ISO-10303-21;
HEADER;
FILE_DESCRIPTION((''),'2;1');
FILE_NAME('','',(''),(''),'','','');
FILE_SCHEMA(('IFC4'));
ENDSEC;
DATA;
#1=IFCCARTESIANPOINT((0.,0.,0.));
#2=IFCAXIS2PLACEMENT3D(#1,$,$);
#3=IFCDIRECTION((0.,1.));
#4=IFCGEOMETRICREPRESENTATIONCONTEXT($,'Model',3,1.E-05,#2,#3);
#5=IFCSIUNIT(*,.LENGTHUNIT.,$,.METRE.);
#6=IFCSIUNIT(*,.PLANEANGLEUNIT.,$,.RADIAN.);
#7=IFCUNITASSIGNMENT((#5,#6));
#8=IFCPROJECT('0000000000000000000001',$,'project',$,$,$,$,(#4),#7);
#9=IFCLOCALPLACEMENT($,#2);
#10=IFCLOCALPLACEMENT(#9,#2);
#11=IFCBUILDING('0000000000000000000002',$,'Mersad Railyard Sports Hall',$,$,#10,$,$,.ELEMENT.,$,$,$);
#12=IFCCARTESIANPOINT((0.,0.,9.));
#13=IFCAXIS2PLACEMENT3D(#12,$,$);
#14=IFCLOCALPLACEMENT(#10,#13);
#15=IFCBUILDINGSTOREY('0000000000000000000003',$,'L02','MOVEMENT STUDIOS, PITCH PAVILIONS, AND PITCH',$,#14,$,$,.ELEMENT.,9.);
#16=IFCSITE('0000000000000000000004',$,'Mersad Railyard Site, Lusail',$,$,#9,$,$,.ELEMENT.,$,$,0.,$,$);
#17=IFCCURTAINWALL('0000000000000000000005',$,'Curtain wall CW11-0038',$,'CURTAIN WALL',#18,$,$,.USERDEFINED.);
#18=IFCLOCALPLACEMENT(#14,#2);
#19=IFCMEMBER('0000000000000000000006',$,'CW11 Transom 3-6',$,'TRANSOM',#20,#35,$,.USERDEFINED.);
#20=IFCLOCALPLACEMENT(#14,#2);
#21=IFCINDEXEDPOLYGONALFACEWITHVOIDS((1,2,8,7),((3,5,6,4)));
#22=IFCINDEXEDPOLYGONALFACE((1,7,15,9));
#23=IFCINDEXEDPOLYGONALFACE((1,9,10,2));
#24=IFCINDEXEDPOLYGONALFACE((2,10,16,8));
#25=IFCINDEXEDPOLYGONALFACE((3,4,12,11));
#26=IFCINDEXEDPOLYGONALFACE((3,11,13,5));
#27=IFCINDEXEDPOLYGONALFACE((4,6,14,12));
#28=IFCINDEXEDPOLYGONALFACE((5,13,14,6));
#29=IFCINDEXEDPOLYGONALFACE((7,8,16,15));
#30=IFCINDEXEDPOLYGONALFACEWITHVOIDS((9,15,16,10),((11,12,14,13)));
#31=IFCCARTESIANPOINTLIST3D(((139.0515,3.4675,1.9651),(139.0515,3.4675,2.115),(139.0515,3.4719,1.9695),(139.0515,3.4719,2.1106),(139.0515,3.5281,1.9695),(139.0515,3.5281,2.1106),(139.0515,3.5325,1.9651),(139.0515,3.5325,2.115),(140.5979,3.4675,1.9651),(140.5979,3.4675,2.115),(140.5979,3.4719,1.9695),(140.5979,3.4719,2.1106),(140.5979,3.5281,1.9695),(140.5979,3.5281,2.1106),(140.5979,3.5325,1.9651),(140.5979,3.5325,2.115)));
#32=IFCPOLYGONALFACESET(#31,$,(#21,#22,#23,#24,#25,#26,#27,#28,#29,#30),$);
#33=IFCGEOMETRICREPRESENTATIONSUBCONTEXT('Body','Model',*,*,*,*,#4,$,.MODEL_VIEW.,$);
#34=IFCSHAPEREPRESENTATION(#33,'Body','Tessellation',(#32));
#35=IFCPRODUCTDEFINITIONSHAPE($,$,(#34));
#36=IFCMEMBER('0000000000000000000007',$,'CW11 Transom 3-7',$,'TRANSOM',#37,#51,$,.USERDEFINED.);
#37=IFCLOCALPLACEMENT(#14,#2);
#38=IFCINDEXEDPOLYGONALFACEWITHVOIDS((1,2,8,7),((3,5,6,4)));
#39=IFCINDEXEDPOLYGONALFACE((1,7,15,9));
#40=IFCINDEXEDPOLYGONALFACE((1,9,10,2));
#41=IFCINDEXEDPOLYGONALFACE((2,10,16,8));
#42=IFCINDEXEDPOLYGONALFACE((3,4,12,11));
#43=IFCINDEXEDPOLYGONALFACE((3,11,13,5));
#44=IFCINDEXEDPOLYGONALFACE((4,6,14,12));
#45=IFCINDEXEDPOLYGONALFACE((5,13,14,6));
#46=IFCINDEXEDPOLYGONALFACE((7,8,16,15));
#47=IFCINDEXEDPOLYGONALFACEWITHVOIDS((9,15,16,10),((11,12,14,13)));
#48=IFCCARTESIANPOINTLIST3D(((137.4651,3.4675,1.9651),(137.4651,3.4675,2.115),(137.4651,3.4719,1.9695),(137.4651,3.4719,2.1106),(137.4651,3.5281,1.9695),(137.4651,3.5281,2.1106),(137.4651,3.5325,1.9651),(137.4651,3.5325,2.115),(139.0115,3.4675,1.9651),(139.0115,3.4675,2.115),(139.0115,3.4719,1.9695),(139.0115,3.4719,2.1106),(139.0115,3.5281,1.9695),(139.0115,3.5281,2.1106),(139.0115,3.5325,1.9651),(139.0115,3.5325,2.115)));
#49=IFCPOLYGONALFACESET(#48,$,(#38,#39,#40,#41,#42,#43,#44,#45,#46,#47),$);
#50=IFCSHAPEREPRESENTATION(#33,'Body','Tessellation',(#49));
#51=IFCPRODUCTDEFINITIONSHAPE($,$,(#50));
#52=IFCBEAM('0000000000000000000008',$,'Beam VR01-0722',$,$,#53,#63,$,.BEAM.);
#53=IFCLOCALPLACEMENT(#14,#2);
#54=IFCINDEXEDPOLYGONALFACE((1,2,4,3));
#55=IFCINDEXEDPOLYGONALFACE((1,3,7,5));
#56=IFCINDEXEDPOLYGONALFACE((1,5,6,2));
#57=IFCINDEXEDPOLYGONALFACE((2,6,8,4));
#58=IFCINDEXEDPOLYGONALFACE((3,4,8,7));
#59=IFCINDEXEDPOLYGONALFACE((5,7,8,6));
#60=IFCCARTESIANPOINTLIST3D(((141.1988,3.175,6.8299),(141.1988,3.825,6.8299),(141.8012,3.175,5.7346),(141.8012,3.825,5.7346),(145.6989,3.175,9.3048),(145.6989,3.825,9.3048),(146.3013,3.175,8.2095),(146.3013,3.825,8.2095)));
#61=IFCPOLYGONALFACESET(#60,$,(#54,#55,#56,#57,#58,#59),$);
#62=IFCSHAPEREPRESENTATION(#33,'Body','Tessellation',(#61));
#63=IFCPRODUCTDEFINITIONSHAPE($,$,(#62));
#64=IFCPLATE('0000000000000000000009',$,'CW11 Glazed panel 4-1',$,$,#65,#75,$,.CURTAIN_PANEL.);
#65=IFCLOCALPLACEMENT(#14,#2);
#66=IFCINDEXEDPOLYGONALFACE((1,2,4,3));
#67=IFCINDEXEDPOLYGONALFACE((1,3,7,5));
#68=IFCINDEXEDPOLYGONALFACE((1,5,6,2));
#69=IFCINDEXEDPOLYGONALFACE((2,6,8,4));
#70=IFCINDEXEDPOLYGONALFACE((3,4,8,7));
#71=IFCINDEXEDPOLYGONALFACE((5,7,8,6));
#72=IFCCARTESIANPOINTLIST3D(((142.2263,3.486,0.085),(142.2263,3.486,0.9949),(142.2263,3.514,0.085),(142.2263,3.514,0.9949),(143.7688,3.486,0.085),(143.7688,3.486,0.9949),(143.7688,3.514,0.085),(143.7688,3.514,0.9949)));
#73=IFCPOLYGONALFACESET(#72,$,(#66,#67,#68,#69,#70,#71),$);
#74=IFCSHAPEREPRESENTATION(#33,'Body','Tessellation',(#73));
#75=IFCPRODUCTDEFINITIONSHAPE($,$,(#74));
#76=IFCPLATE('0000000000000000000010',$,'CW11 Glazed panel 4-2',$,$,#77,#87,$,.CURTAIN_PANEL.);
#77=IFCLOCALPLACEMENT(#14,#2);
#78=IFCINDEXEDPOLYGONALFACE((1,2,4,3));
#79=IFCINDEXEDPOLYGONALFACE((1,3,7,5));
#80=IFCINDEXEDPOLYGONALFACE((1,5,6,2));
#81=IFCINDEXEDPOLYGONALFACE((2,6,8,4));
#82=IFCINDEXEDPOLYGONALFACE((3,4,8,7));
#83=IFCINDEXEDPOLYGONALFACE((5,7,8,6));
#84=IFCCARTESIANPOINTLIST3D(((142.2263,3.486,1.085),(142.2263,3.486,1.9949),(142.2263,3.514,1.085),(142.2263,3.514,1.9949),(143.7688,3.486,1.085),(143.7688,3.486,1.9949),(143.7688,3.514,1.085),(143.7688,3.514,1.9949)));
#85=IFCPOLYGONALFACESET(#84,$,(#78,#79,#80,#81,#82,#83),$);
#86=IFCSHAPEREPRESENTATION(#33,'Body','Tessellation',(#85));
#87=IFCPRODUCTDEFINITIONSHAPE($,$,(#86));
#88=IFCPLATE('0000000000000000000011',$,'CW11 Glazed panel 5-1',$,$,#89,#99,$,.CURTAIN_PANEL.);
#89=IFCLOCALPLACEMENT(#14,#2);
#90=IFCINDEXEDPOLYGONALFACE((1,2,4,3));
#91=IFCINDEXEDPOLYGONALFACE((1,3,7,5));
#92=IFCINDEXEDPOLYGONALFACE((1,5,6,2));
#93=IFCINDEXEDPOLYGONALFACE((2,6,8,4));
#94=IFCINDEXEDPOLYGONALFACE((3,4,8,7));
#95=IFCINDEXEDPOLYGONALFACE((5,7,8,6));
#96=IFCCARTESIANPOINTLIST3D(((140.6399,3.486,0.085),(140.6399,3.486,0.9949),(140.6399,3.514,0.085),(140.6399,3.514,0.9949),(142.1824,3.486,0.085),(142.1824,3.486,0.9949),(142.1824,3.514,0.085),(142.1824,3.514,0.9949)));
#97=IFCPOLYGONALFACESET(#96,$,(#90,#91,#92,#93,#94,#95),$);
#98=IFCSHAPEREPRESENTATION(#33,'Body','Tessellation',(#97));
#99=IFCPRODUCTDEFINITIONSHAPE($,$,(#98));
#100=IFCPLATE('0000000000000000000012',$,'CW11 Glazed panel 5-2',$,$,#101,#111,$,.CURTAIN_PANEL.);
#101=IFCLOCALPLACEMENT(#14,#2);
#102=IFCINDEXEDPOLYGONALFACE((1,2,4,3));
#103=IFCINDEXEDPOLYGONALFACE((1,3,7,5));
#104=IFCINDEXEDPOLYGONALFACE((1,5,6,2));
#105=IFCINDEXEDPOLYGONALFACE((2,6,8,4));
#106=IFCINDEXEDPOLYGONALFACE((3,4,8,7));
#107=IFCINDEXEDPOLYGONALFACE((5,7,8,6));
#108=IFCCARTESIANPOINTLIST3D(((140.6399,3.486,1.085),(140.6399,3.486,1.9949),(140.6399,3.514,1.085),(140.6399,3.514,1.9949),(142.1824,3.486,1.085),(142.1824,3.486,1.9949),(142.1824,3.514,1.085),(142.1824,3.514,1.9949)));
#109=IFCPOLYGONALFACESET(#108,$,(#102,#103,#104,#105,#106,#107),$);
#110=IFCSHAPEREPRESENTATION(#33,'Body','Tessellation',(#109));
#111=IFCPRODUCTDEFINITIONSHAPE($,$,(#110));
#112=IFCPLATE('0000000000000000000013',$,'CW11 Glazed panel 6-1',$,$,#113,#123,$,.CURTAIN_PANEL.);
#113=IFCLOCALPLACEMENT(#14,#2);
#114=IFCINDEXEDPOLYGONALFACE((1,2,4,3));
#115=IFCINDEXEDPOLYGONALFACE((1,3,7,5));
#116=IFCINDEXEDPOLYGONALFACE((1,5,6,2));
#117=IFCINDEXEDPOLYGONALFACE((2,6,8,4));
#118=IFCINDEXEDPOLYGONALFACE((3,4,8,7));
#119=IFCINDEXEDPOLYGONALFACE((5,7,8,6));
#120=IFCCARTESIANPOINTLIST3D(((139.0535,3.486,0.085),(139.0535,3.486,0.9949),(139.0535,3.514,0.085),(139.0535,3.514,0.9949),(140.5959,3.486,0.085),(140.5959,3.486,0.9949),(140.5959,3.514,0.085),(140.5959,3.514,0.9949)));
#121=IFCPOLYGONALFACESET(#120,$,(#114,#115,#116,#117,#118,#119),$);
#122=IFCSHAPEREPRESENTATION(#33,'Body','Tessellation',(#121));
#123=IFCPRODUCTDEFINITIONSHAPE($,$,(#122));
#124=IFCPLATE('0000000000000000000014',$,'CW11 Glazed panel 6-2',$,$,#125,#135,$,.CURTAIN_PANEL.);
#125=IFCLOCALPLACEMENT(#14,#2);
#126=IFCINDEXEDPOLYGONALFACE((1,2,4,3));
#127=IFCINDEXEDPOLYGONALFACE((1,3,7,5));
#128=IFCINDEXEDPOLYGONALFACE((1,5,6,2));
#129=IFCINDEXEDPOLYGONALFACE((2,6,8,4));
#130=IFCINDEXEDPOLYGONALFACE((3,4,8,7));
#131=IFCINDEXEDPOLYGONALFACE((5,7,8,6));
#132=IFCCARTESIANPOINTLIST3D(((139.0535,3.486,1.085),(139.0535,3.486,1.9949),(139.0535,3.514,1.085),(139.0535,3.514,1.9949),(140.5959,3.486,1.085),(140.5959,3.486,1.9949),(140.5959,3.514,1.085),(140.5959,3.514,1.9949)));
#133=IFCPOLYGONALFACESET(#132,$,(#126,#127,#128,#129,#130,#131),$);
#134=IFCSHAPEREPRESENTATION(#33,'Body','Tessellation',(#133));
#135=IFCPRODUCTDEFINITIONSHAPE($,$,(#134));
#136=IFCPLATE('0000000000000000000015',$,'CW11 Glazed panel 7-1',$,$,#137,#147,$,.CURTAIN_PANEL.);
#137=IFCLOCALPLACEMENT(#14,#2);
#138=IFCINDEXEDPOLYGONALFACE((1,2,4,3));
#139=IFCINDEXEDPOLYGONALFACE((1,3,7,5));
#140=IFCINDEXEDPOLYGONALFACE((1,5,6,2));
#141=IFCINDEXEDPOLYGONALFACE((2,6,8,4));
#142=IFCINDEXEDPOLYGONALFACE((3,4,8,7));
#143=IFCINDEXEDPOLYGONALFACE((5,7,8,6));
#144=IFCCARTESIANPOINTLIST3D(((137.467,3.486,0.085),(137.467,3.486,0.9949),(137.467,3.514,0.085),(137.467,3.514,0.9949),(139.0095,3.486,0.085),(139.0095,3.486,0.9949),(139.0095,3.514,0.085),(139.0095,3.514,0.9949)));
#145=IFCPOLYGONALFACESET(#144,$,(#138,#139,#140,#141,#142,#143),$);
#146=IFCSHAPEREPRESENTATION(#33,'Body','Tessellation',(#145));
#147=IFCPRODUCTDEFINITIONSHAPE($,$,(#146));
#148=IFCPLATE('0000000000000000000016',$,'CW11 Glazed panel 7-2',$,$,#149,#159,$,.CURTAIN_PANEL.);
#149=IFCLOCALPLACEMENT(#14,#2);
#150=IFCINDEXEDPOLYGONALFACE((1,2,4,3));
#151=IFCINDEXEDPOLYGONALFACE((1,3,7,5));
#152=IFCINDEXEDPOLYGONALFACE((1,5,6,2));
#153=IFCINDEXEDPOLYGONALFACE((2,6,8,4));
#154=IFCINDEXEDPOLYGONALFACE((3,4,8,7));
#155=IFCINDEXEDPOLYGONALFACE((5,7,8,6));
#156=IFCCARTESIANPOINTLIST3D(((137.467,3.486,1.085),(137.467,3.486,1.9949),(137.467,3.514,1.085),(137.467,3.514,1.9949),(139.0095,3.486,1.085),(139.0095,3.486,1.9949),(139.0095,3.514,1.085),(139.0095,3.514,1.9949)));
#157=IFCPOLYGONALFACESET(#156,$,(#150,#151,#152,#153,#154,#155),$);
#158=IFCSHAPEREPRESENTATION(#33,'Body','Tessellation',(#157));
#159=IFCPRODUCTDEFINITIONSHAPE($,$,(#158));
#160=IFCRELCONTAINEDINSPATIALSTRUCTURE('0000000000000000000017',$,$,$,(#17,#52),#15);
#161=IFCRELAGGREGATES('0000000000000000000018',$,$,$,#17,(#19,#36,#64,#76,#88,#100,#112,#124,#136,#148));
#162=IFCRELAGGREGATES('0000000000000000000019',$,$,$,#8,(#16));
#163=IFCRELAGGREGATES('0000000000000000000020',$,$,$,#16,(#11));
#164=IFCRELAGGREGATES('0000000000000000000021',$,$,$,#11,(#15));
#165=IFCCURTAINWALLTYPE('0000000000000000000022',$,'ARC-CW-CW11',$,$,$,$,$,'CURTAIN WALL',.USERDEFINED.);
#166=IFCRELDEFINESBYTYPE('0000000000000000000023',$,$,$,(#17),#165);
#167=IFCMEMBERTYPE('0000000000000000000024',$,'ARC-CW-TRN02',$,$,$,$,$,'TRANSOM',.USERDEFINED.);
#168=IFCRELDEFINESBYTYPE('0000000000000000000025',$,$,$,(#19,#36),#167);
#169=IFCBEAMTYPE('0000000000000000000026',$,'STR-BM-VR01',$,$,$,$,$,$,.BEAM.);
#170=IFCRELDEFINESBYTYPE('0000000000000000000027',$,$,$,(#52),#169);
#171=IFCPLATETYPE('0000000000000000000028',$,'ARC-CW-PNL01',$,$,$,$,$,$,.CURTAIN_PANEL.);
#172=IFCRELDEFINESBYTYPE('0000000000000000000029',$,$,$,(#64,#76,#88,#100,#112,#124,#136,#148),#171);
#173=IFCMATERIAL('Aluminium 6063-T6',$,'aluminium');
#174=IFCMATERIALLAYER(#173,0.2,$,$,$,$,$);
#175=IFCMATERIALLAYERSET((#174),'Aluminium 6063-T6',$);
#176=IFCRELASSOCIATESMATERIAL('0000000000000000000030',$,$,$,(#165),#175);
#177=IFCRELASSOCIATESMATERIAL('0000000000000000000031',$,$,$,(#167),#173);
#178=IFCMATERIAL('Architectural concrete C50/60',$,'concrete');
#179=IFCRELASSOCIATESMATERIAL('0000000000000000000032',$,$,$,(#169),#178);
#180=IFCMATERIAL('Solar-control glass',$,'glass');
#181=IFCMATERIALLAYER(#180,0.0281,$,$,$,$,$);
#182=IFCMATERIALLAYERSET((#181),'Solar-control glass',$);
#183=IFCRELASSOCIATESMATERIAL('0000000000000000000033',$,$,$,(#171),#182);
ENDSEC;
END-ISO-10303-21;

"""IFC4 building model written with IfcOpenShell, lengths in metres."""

from ifc_helpers import new_model, si_unit, direction, frame, origin, origin_2d, place, context, subcontext, project, spatial, rectangle, hollow_rectangle, extrude, material, layer, layer_set, material_profile, profile_set, type_object, element, aggregate, save


model = new_model("IFC4")

# Units and contexts
model_context = context("Model", 3, precision=1e-05, world=origin(), true_north=direction((0.0, 1.0)))
body_context = subcontext(model_context, "Body", "Model", "MODEL_VIEW")
ifc_project = project(units=[si_unit("LENGTHUNIT", "METRE"), si_unit("PLANEANGLEUNIT", "RADIAN")], contexts=[model_context])

# Site, building, storey
site_placement = place(None, origin())
site = spatial("IfcSite", under=ifc_project, at=site_placement, Name="Mersad Railyard Site, Lusail", CompositionType="ELEMENT", RefElevation=0.0)
building_placement = place(site_placement, origin())
building = spatial("IfcBuilding", under=site, at=building_placement, Name="Mersad Railyard Sports Hall", CompositionType="ELEMENT")
storey_placement = place(building_placement, frame((0.0, 0.0, 9.0)))
storey = spatial("IfcBuildingStorey", under=building, at=storey_placement, Name="L02", Description="MOVEMENT STUDIOS, PITCH PAVILIONS, AND PITCH", CompositionType="ELEMENT", Elevation=9.0)

# Curtain wall, members
ifc_material_1 = material(Name="Aluminium 6063-T6", Category="aluminium")
ifc_layer_1 = layer(ifc_material_1, 0.2)
ifc_layer_set_1 = layer_set([ifc_layer_1], Name="Aluminium 6063-T6")
curtain_wall_type = type_object("IfcCurtainWallType", Name="ARC-CW-CW11", ElementType="CURTAIN WALL", PredefinedType="USERDEFINED", material=ifc_layer_set_1)
curtain_wall_placement = place(storey_placement, origin())
curtain_wall = element("IfcCurtainWall", 1, at=curtain_wall_placement, inside=storey, type_object=curtain_wall_type, Name="Curtain wall CW11-0038", ObjectType="CURTAIN WALL", PredefinedType="USERDEFINED")
ifc_material_profile_1 = material_profile(ifc_material_1, hollow_rectangle(XDim=0.0649, YDim=0.1499, WallThickness=0.0044, at=origin_2d()), Name="AL TRANSOM 65x150x4.5")
ifc_profile_set_1 = profile_set([ifc_material_profile_1], Name="Aluminium 6063-T6")
member_type_1 = type_object("IfcMemberType", Name="ARC-CW-TRN02", ElementType="TRANSOM", PredefinedType="USERDEFINED", material=ifc_profile_set_1)
member_1_placement = place(storey_placement, frame((140.5979, 3.5, 2.04), z_axis=(-1.0, 0.0, 0.0), x_axis=(0.0, -1.0, 0.0)))
member_1 = element("IfcMember", 2, at=member_1_placement, type_object=member_type_1, Name="CW11 Transom 3-6", ObjectType="TRANSOM", PredefinedType="USERDEFINED", context=body_context, shape_type="SweptSolid", body=[
    extrude(hollow_rectangle(XDim=0.0649, YDim=0.1499, WallThickness=0.0044, at=origin_2d()), origin(), (0.0, 0.0, 1.0), 1.5464),
])
member_2_placement = place(storey_placement, frame((139.0115, 3.5, 2.04), z_axis=(-1.0, 0.0, 0.0), x_axis=(0.0, -1.0, 0.0)))
member_2 = element("IfcMember", 3, at=member_2_placement, type_object=member_type_1, Name="CW11 Transom 3-7", ObjectType="TRANSOM", PredefinedType="USERDEFINED", context=body_context, shape_type="SweptSolid", body=[
    extrude(hollow_rectangle(XDim=0.0649, YDim=0.1499, WallThickness=0.0044, at=origin_2d()), origin(), (0.0, 0.0, 1.0), 1.5464),
])

# Beam
ifc_material_2 = material(Name="Architectural concrete C50/60", Category="concrete")
ifc_material_profile_2 = material_profile(ifc_material_2, rectangle(XDim=0.6499, YDim=1.25, at=origin_2d()), Name="VR 650x1250")
ifc_profile_set_2 = profile_set([ifc_material_profile_2], Name="Architectural concrete C50/60")
beam_type = type_object("IfcBeamType", Name="STR-BM-VR01", PredefinedType="BEAM", material=ifc_profile_set_2)
beam_placement = place(storey_placement, frame((141.5, 3.5, 6.2822), z_axis=(0.876228, 0.0, 0.481897), x_axis=(0.0, 1.0, 0.0)))
element("IfcBeam", 4, at=beam_placement, inside=storey, type_object=beam_type, Name="Beam VR01-0722", PredefinedType="BEAM", context=body_context, shape_type="SweptSolid", body=[
    extrude(rectangle(XDim=0.6499, YDim=1.25, at=origin_2d()), origin(), (0.0, 0.0, 1.0), 5.1357),
])

# Plates
ifc_material_3 = material(Name="Solar-control glass", Category="glass")
ifc_layer_2 = layer(ifc_material_3, 0.0281)
ifc_layer_set_2 = layer_set([ifc_layer_2], Name="Solar-control glass")
plate_type = type_object("IfcPlateType", Name="ARC-CW-PNL01", PredefinedType="CURTAIN_PANEL", material=ifc_layer_set_2)
plate_1_placement = place(storey_placement, frame((142.9976, 3.5, 0.085), z_axis=(0.0, 0.0, 1.0), x_axis=(-1.0, 0.0, 0.0)))
plate_1 = element("IfcPlate", 5, at=plate_1_placement, type_object=plate_type, Name="CW11 Glazed panel 4-1", PredefinedType="CURTAIN_PANEL", context=body_context, shape_type="SweptSolid", body=[
    extrude(rectangle(XDim=1.5425, YDim=0.0281, at=origin_2d()), origin(), (0.0, 0.0, 1.0), 0.9099),
])
plate_2_placement = place(storey_placement, frame((142.9976, 3.5, 1.085), z_axis=(0.0, 0.0, 1.0), x_axis=(-1.0, 0.0, 0.0)))
plate_2 = element("IfcPlate", 6, at=plate_2_placement, type_object=plate_type, Name="CW11 Glazed panel 4-2", PredefinedType="CURTAIN_PANEL", context=body_context, shape_type="SweptSolid", body=[
    extrude(rectangle(XDim=1.5425, YDim=0.0281, at=origin_2d()), origin(), (0.0, 0.0, 1.0), 0.9099),
])
plate_3_placement = place(storey_placement, frame((141.4111, 3.5, 0.085), z_axis=(0.0, 0.0, 1.0), x_axis=(-1.0, 0.0, 0.0)))
plate_3 = element("IfcPlate", 7, at=plate_3_placement, type_object=plate_type, Name="CW11 Glazed panel 5-1", PredefinedType="CURTAIN_PANEL", context=body_context, shape_type="SweptSolid", body=[
    extrude(rectangle(XDim=1.5425, YDim=0.0281, at=origin_2d()), origin(), (0.0, 0.0, 1.0), 0.9099),
])
plate_4_placement = place(storey_placement, frame((141.4111, 3.5, 1.085), z_axis=(0.0, 0.0, 1.0), x_axis=(-1.0, 0.0, 0.0)))
plate_4 = element("IfcPlate", 8, at=plate_4_placement, type_object=plate_type, Name="CW11 Glazed panel 5-2", PredefinedType="CURTAIN_PANEL", context=body_context, shape_type="SweptSolid", body=[
    extrude(rectangle(XDim=1.5425, YDim=0.0281, at=origin_2d()), origin(), (0.0, 0.0, 1.0), 0.9099),
])
plate_5_placement = place(storey_placement, frame((139.8247, 3.5, 0.085), z_axis=(0.0, 0.0, 1.0), x_axis=(-1.0, 0.0, 0.0)))
plate_5 = element("IfcPlate", 9, at=plate_5_placement, type_object=plate_type, Name="CW11 Glazed panel 6-1", PredefinedType="CURTAIN_PANEL", context=body_context, shape_type="SweptSolid", body=[
    extrude(rectangle(XDim=1.5425, YDim=0.0281, at=origin_2d()), origin(), (0.0, 0.0, 1.0), 0.9099),
])
plate_6_placement = place(storey_placement, frame((139.8247, 3.5, 1.085), z_axis=(0.0, 0.0, 1.0), x_axis=(-1.0, 0.0, 0.0)))
plate_6 = element("IfcPlate", 10, at=plate_6_placement, type_object=plate_type, Name="CW11 Glazed panel 6-2", PredefinedType="CURTAIN_PANEL", context=body_context, shape_type="SweptSolid", body=[
    extrude(rectangle(XDim=1.5425, YDim=0.0281, at=origin_2d()), origin(), (0.0, 0.0, 1.0), 0.9099),
])
plate_7_placement = place(storey_placement, frame((138.2383, 3.5, 0.085), z_axis=(0.0, 0.0, 1.0), x_axis=(-1.0, 0.0, 0.0)))
plate_7 = element("IfcPlate", 11, at=plate_7_placement, type_object=plate_type, Name="CW11 Glazed panel 7-1", PredefinedType="CURTAIN_PANEL", context=body_context, shape_type="SweptSolid", body=[
    extrude(rectangle(XDim=1.5425, YDim=0.0281, at=origin_2d()), origin(), (0.0, 0.0, 1.0), 0.9099),
])
plate_8_placement = place(storey_placement, frame((138.2383, 3.5, 1.085), z_axis=(0.0, 0.0, 1.0), x_axis=(-1.0, 0.0, 0.0)))
plate_8 = element("IfcPlate", 12, at=plate_8_placement, type_object=plate_type, Name="CW11 Glazed panel 7-2", PredefinedType="CURTAIN_PANEL", context=body_context, shape_type="SweptSolid", body=[
    extrude(rectangle(XDim=1.5425, YDim=0.0281, at=origin_2d()), origin(), (0.0, 0.0, 1.0), 0.9099),
])
aggregate(curtain_wall, [member_1, member_2, plate_1, plate_2, plate_3, plate_4, plate_5, plate_6, plate_7, plate_8])

save(model, "model.ifc")
